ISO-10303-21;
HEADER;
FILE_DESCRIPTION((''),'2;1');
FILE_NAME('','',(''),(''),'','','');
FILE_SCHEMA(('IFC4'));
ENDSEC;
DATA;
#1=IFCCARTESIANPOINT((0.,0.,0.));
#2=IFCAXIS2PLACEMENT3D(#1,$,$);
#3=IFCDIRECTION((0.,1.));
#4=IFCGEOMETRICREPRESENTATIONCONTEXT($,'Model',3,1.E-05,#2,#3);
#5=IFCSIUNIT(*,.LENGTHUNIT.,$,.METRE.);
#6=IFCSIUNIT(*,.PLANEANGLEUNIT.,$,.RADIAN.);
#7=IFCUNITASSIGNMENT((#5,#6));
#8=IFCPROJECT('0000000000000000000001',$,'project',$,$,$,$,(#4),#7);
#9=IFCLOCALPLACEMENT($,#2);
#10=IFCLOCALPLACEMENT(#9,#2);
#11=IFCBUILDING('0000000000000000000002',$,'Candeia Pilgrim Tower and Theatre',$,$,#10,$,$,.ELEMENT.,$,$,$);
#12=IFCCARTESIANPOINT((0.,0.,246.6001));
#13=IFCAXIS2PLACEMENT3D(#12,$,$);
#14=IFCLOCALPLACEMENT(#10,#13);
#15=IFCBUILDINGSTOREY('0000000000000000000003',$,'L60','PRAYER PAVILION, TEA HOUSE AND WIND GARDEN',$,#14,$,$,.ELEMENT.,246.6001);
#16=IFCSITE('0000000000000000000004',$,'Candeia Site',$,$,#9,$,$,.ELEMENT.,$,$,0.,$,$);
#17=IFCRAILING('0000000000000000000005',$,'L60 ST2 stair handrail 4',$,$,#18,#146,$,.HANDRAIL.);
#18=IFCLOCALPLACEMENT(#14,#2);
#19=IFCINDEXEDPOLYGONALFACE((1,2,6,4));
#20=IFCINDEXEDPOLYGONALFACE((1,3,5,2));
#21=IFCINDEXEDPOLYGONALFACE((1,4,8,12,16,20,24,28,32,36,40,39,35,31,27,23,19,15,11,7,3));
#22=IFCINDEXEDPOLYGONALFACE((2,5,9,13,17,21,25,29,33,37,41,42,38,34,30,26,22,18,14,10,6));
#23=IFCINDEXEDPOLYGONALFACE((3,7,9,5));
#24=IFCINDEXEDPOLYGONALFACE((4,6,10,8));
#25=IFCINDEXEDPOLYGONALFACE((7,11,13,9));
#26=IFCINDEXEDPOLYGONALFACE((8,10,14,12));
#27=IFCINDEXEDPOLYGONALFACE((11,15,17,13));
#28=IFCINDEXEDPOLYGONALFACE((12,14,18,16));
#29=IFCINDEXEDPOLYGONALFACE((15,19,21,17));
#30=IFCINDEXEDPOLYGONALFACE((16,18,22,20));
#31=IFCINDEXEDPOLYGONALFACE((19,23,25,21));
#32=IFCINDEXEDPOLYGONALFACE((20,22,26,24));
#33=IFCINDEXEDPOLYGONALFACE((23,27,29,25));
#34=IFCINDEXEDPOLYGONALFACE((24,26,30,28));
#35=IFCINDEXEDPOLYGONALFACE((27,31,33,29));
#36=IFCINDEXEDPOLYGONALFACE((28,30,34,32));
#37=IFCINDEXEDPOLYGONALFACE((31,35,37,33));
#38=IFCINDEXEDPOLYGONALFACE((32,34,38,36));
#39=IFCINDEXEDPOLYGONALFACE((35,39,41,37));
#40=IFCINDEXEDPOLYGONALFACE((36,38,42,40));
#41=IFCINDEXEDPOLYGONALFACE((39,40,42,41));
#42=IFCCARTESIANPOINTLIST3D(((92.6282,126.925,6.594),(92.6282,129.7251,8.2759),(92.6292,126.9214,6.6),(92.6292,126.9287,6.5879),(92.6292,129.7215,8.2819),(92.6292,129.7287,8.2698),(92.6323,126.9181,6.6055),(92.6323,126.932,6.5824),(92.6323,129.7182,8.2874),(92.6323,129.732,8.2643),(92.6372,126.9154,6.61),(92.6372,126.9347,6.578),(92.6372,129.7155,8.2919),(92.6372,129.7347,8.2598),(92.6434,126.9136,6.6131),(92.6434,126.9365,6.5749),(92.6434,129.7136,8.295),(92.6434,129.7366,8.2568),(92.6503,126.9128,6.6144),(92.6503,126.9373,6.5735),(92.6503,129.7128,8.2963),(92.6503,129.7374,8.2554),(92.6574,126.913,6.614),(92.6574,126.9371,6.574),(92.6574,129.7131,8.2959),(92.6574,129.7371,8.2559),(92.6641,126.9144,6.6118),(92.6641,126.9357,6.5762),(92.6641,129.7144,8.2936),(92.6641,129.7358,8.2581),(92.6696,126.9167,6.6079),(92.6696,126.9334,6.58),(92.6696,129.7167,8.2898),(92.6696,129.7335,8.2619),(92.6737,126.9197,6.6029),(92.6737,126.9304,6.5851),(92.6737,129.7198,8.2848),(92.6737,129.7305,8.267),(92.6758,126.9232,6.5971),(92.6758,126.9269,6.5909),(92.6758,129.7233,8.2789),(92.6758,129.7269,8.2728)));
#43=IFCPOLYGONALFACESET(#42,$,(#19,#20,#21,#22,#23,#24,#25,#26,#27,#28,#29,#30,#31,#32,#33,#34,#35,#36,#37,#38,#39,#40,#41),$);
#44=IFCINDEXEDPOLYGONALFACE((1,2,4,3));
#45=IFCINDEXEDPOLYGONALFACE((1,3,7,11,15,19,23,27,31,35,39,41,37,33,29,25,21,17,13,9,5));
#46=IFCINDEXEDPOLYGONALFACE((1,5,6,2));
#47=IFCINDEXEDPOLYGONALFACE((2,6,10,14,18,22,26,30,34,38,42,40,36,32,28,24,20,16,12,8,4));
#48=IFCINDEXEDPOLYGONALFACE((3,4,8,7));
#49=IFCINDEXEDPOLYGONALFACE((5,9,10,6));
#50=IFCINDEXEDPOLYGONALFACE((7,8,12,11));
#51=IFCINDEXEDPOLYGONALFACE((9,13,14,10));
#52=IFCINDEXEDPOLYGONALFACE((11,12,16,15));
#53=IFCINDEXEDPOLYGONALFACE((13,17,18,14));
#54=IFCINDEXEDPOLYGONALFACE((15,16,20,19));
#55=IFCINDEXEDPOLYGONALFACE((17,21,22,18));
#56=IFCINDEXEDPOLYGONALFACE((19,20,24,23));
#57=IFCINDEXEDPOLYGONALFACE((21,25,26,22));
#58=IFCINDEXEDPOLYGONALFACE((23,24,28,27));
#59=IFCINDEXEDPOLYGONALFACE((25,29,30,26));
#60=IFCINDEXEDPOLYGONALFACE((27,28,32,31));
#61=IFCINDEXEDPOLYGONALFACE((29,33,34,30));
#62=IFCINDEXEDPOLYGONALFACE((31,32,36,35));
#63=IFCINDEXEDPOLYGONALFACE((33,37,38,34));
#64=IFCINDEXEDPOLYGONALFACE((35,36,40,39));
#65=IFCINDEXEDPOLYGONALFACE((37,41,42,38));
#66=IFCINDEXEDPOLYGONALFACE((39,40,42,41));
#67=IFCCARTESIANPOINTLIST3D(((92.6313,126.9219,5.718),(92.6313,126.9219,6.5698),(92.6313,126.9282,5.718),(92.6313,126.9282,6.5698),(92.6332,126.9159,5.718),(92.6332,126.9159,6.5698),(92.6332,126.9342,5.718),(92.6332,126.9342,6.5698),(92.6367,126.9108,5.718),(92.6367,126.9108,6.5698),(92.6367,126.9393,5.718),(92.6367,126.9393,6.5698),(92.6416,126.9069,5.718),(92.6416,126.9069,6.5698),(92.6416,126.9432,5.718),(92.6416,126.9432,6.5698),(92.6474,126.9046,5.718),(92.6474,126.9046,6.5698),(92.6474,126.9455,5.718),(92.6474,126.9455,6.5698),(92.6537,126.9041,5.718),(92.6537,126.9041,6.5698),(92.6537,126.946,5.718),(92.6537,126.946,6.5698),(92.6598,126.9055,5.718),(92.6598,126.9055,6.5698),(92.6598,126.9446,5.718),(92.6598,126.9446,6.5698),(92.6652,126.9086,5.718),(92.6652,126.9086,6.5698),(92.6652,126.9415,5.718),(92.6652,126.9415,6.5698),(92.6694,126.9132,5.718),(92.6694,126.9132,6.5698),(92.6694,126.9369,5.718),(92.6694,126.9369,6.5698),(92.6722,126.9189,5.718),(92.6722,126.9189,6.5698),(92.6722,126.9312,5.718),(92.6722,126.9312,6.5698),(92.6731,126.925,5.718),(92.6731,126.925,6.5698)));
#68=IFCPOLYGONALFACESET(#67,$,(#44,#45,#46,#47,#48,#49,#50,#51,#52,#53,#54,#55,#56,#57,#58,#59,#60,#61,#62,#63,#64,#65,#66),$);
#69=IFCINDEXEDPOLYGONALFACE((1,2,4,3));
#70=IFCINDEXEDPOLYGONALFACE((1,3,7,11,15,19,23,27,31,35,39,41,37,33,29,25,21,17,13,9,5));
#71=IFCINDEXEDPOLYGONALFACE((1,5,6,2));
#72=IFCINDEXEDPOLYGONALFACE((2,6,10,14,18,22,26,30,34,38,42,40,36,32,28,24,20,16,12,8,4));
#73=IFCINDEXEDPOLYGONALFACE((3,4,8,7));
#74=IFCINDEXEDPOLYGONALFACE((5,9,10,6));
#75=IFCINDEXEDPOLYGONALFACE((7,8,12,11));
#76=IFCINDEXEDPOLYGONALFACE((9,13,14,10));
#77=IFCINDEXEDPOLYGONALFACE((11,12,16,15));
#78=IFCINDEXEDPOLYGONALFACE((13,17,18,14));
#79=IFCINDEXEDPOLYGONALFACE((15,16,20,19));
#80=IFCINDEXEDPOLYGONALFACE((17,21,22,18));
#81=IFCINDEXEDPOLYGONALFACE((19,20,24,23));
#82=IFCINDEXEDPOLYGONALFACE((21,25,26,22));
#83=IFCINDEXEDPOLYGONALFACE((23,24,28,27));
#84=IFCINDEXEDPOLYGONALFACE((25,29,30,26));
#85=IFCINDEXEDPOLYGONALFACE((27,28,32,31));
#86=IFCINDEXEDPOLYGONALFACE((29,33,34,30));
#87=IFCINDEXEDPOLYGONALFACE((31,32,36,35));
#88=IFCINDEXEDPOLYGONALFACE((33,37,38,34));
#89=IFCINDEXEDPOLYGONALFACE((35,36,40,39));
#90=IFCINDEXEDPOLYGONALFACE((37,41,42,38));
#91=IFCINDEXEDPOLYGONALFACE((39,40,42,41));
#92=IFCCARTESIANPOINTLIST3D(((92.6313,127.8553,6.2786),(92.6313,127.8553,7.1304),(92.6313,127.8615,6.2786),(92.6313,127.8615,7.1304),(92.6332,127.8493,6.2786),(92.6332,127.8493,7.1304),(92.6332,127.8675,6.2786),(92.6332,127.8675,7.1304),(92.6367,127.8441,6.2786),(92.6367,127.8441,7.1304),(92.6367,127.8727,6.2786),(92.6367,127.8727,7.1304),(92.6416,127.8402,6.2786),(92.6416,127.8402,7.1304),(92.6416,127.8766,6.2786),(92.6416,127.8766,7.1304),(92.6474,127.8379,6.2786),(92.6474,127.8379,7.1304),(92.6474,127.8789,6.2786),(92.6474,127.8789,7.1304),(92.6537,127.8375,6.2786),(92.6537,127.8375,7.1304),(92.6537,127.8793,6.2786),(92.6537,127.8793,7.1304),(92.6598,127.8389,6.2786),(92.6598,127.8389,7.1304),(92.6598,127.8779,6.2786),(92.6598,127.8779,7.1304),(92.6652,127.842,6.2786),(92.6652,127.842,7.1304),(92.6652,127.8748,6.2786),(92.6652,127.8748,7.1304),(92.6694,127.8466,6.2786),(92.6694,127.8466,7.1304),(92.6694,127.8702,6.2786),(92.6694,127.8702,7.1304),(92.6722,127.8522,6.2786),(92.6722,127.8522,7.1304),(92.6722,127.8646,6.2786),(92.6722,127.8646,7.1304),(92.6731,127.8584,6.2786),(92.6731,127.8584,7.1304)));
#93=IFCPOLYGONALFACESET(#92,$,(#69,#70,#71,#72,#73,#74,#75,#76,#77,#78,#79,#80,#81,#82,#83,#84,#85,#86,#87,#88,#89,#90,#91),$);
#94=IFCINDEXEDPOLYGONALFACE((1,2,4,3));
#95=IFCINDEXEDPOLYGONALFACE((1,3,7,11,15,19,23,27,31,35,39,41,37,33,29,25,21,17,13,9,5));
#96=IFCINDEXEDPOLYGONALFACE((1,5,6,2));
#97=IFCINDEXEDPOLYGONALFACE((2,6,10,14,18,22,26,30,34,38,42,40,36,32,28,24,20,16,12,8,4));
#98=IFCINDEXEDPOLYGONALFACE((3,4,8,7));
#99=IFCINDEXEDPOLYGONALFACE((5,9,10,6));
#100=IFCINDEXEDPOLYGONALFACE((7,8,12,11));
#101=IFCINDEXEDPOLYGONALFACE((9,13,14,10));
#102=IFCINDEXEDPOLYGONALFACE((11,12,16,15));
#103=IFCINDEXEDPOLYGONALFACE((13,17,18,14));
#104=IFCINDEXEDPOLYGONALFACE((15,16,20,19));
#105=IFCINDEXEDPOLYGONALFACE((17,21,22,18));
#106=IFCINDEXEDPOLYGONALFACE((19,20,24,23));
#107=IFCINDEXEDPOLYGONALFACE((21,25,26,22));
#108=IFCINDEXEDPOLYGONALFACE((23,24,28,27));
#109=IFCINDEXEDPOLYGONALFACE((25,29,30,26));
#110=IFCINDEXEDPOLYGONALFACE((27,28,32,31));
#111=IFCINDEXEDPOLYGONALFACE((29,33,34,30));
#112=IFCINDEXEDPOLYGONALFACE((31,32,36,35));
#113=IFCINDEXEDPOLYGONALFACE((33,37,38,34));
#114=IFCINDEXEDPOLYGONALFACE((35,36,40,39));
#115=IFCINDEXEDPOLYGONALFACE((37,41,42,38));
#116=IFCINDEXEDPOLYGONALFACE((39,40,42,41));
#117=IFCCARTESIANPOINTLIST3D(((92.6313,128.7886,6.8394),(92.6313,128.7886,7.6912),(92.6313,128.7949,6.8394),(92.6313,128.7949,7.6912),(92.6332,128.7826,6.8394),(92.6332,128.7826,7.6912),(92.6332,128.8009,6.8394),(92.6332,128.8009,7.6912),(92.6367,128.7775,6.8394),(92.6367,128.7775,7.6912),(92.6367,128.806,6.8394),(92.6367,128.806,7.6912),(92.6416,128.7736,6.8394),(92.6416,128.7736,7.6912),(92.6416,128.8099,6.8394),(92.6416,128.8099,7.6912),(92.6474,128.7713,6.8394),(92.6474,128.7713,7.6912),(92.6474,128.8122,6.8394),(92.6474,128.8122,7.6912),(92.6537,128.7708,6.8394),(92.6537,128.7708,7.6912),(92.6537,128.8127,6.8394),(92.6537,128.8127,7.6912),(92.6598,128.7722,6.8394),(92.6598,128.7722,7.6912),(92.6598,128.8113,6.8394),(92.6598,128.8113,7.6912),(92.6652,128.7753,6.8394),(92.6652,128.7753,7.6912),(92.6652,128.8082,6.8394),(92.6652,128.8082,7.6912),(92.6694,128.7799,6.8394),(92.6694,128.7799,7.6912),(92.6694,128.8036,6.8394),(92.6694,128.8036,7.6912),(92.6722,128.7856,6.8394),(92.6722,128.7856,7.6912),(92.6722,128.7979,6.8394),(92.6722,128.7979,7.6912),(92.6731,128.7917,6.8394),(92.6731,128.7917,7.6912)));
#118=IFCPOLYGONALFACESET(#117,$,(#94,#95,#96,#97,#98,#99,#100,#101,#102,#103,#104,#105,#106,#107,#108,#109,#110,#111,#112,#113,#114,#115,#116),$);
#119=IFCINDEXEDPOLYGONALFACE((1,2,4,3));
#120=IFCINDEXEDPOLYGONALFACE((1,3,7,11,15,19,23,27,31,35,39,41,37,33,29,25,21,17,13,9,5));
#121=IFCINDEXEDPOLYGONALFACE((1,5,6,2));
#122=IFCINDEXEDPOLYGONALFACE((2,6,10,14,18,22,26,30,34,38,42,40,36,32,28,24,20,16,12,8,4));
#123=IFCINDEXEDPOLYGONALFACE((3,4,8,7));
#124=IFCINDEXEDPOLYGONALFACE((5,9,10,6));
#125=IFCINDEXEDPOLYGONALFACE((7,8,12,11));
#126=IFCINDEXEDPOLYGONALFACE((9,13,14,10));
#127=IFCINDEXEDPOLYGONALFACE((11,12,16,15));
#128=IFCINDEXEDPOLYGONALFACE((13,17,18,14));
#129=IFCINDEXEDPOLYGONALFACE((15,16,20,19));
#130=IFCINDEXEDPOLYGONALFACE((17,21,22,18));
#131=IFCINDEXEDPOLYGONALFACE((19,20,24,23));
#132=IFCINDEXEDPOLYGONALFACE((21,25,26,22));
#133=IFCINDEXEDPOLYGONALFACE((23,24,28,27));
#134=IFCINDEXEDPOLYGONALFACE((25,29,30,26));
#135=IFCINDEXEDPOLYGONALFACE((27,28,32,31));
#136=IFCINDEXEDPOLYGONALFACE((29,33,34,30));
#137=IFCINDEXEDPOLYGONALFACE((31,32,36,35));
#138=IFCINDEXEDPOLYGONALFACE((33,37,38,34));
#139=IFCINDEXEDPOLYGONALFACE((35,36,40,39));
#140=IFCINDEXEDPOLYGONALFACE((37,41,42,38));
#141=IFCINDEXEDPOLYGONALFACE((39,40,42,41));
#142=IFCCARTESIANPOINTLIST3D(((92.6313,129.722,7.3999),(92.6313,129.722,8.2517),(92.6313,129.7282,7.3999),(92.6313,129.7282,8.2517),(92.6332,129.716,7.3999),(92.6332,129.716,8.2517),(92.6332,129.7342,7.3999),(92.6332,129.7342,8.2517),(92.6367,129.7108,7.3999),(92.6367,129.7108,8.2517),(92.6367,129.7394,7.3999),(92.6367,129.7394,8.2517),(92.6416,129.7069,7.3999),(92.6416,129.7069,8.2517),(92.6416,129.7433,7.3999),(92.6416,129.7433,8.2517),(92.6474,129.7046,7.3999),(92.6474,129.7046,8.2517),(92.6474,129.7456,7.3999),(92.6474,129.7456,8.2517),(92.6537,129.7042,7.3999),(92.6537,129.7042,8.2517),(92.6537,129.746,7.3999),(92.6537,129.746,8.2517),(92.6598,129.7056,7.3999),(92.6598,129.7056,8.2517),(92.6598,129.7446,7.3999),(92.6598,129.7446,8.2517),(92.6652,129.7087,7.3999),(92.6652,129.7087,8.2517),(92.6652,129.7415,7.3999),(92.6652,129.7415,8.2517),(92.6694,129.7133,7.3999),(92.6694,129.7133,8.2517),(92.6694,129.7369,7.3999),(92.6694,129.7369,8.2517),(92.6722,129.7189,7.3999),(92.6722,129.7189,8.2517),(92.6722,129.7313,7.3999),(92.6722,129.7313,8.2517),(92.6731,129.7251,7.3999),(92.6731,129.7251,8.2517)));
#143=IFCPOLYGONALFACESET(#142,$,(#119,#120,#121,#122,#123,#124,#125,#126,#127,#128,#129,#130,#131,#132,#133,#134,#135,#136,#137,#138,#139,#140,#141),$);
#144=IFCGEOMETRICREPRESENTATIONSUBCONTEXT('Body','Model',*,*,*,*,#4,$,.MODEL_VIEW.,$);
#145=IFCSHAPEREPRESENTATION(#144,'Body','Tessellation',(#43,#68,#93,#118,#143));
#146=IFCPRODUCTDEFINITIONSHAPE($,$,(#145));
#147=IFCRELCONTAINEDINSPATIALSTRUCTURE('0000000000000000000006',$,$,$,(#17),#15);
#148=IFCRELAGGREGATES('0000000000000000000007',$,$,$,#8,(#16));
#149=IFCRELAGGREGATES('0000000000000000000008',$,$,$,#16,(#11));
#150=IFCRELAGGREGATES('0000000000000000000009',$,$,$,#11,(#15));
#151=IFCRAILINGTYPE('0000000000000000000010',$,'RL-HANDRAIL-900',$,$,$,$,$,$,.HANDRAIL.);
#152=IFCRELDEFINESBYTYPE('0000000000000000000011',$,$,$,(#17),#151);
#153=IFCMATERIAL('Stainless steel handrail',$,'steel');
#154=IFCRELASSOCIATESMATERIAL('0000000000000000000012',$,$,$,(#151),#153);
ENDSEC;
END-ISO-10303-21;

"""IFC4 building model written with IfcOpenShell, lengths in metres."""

from ifc_helpers import new_model, si_unit, direction, frame, origin, origin_2d, place, context, subcontext, project, spatial, circle, extrude, material, type_object, element, save


model = new_model("IFC4")

# Units and contexts
model_context = context("Model", 3, precision=1e-05, world=origin(), true_north=direction((0.0, 1.0)))
body_context = subcontext(model_context, "Body", "Model", "MODEL_VIEW")
ifc_project = project(units=[si_unit("LENGTHUNIT", "METRE"), si_unit("PLANEANGLEUNIT", "RADIAN")], contexts=[model_context])

# Site, building, storey
site_placement = place(None, origin())
site = spatial("IfcSite", under=ifc_project, at=site_placement, Name="Candeia Site", CompositionType="ELEMENT", RefElevation=0.0)
building_placement = place(site_placement, origin())
building = spatial("IfcBuilding", under=site, at=building_placement, Name="Candeia Pilgrim Tower and Theatre", CompositionType="ELEMENT")
storey_placement = place(building_placement, frame((0.0, 0.0, 246.6001)))
storey = spatial("IfcBuildingStorey", under=building, at=storey_placement, Name="L60", Description="PRAYER PAVILION, TEA HOUSE AND WIND GARDEN", CompositionType="ELEMENT", Elevation=246.6001)

# Railing
ifc_material_1 = material(Name="Stainless steel handrail", Category="steel")
railing_type_1 = type_object("IfcRailingType", Name="RL-HANDRAIL-900", PredefinedType="HANDRAIL", material=ifc_material_1)
for number, where, name in (
    (1, (92.6521, 126.925, 5.718), "L60 ST2 stair handrail 4"),
):
    element("IfcRailing", number, at=place(storey_placement, frame(where)), inside=storey, type_object=railing_type_1, Name=name, PredefinedType="HANDRAIL", context=body_context, shape_type="SweptSolid", body=[
        extrude(circle(Radius=0.0239, at=origin_2d()), frame((0.0, 0.0, 0.876), z_axis=(0.0, 0.857242, 0.514913), x_axis=(-1.0, 0.0, 0.0)), (0.0, 0.0, 1.0), 3.2664),
        extrude(circle(Radius=0.021, at=origin_2d()), origin(), (0.0, 0.0, 1.0), 0.8518),
        extrude(circle(Radius=0.021, at=origin_2d()), frame((0.0, 0.9333, 0.5605)), (0.0, 0.0, 1.0), 0.8518),
        extrude(circle(Radius=0.021, at=origin_2d()), frame((0.0, 1.8667, 1.1213)), (0.0, 0.0, 1.0), 0.8518),
        extrude(circle(Radius=0.021, at=origin_2d()), frame((0.0, 2.8, 1.6819)), (0.0, 0.0, 1.0), 0.8518),
    ])

save(model, "model.ifc")
